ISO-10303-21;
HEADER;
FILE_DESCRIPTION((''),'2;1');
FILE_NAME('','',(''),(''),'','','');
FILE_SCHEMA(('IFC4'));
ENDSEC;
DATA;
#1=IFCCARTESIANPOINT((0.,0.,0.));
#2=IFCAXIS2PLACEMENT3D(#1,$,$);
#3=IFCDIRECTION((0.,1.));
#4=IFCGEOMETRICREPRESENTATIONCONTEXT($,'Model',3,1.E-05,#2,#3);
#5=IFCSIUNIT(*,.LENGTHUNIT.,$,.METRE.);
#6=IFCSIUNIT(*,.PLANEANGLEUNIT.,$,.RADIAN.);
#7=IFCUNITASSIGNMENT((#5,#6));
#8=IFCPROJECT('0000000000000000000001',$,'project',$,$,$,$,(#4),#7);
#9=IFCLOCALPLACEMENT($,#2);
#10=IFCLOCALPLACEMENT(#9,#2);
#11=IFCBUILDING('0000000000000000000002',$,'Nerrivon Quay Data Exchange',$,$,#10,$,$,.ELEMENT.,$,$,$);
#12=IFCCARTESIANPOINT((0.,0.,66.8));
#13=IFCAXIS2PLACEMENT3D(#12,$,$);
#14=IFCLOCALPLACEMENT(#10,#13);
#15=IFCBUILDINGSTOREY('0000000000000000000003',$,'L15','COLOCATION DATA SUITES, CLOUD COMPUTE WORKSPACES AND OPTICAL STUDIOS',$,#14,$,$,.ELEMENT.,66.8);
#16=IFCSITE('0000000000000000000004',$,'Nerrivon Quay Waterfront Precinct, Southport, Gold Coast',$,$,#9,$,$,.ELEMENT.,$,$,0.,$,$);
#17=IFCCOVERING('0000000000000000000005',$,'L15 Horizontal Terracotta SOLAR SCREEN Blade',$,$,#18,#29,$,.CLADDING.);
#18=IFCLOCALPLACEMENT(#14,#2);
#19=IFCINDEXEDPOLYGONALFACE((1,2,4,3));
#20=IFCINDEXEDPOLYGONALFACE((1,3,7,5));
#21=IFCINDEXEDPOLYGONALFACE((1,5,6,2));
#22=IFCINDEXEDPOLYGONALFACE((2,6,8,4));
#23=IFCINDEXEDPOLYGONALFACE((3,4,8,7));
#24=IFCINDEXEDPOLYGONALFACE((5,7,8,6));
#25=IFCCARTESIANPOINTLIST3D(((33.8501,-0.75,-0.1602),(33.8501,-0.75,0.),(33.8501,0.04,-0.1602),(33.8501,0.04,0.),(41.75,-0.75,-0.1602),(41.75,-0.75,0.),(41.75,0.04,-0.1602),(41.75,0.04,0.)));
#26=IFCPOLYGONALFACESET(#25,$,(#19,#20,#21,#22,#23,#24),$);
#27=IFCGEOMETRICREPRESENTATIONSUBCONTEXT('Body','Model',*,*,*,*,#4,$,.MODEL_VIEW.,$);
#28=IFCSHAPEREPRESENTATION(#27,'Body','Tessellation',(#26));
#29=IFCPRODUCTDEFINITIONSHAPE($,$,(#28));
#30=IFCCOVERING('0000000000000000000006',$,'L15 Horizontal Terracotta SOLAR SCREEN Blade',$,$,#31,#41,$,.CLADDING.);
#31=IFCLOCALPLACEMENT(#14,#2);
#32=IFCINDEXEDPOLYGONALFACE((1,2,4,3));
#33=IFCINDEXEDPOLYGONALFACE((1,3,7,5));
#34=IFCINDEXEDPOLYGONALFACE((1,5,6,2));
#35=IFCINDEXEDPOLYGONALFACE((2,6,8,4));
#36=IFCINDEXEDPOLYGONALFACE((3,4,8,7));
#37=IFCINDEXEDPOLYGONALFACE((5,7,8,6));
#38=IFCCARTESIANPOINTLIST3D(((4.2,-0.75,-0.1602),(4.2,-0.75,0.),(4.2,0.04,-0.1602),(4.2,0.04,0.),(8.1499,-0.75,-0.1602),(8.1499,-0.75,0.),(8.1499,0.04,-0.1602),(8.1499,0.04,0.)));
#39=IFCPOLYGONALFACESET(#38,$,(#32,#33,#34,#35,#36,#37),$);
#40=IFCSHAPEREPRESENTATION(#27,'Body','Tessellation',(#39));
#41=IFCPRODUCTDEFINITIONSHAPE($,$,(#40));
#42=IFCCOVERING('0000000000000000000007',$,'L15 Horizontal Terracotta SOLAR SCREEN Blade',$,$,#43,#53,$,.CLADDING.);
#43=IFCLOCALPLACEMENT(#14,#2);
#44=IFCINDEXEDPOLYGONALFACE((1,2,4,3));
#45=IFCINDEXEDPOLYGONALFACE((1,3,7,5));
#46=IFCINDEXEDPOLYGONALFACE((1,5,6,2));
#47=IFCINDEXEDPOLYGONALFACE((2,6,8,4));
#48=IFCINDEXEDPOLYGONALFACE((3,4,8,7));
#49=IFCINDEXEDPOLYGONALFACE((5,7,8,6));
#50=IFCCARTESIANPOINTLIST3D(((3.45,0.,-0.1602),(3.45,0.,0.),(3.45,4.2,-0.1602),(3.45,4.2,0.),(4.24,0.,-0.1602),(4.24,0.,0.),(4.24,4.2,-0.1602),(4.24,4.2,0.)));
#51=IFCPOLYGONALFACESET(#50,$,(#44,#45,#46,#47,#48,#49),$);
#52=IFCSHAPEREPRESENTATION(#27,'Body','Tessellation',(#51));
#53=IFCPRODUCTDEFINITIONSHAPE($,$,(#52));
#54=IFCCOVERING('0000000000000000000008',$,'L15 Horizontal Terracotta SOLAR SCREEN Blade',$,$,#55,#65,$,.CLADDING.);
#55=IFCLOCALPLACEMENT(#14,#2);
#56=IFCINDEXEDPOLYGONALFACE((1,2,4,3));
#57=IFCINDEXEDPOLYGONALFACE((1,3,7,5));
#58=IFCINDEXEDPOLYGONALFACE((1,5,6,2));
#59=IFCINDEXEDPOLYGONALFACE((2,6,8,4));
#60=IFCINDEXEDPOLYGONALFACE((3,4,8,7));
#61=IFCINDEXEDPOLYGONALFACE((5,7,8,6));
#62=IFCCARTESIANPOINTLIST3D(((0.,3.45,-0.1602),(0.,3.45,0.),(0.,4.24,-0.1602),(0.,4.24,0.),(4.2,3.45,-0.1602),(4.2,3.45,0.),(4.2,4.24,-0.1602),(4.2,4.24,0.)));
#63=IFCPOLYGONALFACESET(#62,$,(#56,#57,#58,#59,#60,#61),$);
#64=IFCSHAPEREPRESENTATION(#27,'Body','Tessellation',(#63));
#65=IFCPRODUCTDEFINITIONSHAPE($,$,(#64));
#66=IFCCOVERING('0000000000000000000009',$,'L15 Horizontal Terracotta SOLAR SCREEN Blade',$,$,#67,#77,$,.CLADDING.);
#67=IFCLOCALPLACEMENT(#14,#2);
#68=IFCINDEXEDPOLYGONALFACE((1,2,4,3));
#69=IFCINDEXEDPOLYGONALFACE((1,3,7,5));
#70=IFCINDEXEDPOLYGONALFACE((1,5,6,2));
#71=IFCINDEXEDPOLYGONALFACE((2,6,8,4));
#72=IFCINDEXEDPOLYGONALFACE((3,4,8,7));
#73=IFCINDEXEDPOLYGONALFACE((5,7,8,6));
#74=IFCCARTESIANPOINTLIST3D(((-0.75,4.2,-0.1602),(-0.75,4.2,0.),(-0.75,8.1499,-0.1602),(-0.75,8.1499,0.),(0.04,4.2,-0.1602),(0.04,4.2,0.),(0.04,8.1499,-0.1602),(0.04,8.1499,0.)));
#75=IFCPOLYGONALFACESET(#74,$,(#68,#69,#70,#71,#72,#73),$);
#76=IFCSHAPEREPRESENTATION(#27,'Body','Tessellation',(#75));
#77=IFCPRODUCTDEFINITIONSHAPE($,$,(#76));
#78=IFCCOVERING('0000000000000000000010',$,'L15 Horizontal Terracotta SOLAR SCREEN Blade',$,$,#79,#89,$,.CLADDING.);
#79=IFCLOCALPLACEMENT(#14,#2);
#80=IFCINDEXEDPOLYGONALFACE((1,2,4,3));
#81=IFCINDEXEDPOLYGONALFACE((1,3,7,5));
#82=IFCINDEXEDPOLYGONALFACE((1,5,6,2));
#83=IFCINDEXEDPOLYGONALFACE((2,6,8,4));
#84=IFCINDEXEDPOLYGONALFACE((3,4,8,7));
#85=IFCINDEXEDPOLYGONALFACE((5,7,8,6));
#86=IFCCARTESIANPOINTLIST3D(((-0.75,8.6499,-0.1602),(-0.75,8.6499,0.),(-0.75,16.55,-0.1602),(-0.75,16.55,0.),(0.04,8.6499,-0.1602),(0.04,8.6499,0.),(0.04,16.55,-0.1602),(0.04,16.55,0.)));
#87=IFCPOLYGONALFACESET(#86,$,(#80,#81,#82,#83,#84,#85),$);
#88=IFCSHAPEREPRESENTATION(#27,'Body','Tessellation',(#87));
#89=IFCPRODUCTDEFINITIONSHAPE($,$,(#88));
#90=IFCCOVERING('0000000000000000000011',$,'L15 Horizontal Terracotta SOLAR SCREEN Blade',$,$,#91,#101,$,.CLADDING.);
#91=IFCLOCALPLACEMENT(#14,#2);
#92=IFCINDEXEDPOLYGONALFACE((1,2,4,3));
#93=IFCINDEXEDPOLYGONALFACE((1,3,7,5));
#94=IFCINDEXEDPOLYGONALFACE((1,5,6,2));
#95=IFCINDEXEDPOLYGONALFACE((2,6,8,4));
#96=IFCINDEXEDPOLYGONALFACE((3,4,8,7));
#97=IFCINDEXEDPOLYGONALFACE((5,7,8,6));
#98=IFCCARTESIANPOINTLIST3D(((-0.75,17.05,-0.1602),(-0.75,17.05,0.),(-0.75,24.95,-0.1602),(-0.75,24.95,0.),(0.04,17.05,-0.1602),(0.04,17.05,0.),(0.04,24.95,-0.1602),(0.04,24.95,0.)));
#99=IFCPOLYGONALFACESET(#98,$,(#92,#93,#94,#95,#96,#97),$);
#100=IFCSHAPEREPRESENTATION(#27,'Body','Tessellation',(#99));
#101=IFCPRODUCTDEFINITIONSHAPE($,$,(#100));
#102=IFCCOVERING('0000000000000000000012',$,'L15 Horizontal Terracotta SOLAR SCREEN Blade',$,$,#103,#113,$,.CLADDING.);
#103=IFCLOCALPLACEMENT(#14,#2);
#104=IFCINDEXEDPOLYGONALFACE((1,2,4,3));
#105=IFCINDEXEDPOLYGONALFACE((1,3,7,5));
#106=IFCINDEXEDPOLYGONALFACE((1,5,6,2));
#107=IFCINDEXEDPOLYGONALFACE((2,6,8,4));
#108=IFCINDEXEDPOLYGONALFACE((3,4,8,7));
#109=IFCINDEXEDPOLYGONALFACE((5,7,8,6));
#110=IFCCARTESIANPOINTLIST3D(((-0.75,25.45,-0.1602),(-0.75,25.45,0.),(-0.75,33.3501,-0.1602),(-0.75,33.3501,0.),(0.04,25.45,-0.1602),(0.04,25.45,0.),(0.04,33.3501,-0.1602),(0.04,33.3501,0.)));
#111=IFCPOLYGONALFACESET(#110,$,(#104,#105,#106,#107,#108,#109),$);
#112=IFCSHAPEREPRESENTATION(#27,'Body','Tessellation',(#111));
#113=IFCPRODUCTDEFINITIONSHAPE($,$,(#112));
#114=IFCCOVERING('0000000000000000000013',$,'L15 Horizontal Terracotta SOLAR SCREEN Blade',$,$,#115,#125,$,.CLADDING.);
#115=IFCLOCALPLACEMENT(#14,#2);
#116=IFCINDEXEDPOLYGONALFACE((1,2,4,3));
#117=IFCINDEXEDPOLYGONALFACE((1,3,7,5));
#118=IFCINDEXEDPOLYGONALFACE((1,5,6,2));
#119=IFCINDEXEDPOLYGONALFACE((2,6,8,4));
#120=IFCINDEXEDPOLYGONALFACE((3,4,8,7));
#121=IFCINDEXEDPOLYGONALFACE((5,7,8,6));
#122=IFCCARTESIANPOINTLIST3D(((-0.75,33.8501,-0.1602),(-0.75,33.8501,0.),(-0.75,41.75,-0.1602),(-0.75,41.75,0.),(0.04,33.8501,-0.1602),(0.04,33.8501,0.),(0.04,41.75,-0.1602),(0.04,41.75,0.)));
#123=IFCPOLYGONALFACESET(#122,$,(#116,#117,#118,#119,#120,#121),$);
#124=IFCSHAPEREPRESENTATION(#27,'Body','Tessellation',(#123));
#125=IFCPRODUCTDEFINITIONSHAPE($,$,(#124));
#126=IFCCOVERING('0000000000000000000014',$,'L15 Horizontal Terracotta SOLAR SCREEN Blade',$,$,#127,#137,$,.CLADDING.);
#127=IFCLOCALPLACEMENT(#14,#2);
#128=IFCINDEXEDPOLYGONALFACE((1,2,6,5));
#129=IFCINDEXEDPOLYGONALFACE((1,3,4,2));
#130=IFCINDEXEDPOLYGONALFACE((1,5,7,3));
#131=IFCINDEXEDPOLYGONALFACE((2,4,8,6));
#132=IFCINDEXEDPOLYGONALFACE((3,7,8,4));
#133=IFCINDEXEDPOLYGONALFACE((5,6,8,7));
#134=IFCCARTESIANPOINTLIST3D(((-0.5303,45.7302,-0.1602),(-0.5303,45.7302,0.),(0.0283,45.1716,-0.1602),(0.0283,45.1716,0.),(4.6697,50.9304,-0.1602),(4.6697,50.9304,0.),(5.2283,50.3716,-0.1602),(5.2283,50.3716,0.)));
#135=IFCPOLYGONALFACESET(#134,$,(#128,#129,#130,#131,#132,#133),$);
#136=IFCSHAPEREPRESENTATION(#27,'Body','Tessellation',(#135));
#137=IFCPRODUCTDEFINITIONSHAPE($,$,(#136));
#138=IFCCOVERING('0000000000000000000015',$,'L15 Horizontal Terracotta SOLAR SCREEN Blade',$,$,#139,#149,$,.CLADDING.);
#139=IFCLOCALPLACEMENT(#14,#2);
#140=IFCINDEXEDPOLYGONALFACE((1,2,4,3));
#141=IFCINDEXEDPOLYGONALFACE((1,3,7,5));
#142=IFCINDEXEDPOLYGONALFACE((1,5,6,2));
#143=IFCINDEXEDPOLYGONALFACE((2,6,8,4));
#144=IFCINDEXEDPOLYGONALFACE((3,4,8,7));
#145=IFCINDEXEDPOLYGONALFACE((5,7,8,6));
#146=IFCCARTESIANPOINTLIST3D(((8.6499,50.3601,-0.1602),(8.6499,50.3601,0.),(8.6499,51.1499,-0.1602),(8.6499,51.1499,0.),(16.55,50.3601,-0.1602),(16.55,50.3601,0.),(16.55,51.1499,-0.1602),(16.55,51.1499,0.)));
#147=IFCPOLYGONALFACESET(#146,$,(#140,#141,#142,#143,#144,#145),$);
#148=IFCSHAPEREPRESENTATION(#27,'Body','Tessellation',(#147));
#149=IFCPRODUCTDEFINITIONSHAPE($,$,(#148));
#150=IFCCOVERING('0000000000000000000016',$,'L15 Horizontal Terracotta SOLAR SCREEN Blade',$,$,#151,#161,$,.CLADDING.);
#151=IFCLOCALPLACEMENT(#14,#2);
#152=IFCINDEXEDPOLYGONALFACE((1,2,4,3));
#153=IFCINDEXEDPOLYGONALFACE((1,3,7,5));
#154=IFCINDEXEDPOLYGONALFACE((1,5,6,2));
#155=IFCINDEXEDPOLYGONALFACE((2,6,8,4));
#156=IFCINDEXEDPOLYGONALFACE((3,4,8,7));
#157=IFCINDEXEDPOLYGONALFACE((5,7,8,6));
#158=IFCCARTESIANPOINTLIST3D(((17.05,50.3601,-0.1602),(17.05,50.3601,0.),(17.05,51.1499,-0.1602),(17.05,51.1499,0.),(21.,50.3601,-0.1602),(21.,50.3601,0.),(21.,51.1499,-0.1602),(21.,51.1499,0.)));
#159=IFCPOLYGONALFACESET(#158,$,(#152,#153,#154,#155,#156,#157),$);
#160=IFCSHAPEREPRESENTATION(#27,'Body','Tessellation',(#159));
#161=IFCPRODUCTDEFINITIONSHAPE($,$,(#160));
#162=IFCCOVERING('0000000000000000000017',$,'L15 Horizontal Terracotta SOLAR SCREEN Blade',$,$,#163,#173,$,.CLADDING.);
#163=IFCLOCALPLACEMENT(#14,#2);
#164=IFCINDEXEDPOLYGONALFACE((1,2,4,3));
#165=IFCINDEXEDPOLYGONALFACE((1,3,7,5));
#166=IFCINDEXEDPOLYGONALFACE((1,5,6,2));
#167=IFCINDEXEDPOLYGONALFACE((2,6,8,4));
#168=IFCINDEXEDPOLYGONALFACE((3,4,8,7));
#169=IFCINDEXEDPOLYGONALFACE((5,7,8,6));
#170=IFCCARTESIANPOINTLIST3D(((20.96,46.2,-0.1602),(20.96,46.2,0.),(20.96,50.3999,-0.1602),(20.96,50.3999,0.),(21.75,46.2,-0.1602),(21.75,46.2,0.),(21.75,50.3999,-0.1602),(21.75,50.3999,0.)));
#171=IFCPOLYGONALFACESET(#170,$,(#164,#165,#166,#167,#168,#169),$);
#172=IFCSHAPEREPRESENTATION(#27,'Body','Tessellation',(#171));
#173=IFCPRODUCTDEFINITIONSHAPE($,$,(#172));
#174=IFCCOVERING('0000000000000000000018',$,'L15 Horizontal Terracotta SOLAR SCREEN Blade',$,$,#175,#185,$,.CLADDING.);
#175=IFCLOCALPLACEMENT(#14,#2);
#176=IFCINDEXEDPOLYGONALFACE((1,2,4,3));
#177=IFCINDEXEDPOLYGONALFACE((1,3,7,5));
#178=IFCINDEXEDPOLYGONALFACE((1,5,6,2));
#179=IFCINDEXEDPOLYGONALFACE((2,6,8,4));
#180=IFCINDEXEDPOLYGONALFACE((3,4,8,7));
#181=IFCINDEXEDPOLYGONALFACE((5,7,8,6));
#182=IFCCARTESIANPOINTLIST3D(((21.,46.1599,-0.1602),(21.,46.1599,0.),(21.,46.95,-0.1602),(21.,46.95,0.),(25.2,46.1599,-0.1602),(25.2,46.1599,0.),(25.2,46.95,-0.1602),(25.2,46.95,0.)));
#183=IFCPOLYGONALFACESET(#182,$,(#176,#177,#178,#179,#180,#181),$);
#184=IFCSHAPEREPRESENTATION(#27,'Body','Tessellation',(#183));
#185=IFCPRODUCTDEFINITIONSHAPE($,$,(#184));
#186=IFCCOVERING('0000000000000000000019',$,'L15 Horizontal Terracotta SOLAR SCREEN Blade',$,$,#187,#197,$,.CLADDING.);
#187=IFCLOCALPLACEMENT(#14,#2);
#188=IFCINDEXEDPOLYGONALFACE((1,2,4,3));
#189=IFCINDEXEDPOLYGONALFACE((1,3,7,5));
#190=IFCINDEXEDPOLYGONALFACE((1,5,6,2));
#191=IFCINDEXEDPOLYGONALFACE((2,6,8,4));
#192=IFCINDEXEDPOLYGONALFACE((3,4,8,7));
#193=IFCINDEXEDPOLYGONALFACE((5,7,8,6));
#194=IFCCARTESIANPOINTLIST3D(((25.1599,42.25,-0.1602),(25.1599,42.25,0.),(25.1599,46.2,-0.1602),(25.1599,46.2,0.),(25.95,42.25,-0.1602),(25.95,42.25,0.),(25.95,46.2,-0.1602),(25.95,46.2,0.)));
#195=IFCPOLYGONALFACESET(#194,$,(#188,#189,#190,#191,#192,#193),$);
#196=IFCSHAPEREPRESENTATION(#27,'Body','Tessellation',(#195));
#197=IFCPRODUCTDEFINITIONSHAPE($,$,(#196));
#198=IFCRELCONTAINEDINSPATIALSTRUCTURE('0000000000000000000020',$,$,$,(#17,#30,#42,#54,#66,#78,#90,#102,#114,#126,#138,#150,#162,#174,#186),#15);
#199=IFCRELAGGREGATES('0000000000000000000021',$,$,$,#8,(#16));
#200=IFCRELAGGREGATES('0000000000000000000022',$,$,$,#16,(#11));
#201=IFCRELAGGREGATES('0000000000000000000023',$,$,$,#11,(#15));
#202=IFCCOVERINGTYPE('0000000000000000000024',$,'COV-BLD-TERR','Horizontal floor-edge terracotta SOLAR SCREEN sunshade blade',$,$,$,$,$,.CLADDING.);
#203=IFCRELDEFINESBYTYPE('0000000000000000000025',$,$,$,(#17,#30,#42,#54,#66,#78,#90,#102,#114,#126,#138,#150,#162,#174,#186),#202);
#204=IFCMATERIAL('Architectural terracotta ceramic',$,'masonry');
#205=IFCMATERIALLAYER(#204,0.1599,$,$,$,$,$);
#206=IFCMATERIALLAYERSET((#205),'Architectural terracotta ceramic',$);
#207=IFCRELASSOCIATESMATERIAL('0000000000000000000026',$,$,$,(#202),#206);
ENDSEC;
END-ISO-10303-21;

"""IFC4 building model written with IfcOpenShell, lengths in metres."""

from ifc_helpers import new_model, si_unit, direction, frame, origin, place, context, subcontext, project, spatial, polyline, outline, extrude, material, layer, layer_set, type_object, element, save


model = new_model("IFC4")

# Units and contexts
model_context = context("Model", 3, precision=1e-05, world=origin(), true_north=direction((0.0, 1.0)))
body_context = subcontext(model_context, "Body", "Model", "MODEL_VIEW")
ifc_project = project(units=[si_unit("LENGTHUNIT", "METRE"), si_unit("PLANEANGLEUNIT", "RADIAN")], contexts=[model_context])

# Site, building, storey
site_placement = place(None, origin())
site = spatial("IfcSite", under=ifc_project, at=site_placement, Name="Nerrivon Quay Waterfront Precinct, Southport, Gold Coast", CompositionType="ELEMENT", RefElevation=0.0)
building_placement = place(site_placement, origin())
building = spatial("IfcBuilding", under=site, at=building_placement, Name="Nerrivon Quay Data Exchange", CompositionType="ELEMENT")
storey_placement = place(building_placement, frame((0.0, 0.0, 66.8)))
storey = spatial("IfcBuildingStorey", under=building, at=storey_placement, Name="L15", Description="COLOCATION DATA SUITES, CLOUD COMPUTE WORKSPACES AND OPTICAL STUDIOS", CompositionType="ELEMENT", Elevation=66.8)

# Coverings
ifc_material_1 = material(Name="Architectural terracotta ceramic", Category="masonry")
ifc_layer_1 = layer(ifc_material_1, 0.1599)
ifc_layer_set_1 = layer_set([ifc_layer_1], Name="Architectural terracotta ceramic")
covering_type = type_object("IfcCoveringType", Name="COV-BLD-TERR", Description="Horizontal floor-edge terracotta SOLAR SCREEN sunshade blade", PredefinedType="CLADDING", material=ifc_layer_set_1)
covering_1_placement = place(storey_placement, frame((0.0, 0.0, -0.1602)))
element("IfcCovering", 1, at=covering_1_placement, inside=storey, type_object=covering_type, Name="L15 Horizontal Terracotta SOLAR SCREEN Blade", PredefinedType="CLADDING", context=body_context, shape_type="SweptSolid", body=[
    extrude(outline(polyline([(41.75, 0.04), (33.8501, 0.04), (33.8501, -0.75), (41.75, -0.75), (41.75, 0.04)])), origin(), (0.0, 0.0, 1.0), 0.1602),
])
covering_2_placement = place(storey_placement, frame((0.0, 0.0, -0.1602)))
element("IfcCovering", 2, at=covering_2_placement, inside=storey, type_object=covering_type, Name="L15 Horizontal Terracotta SOLAR SCREEN Blade", PredefinedType="CLADDING", context=body_context, shape_type="SweptSolid", body=[
    extrude(outline(polyline([(8.1499, 0.04), (4.2, 0.04), (4.2, -0.75), (8.1499, -0.75), (8.1499, 0.04)])), origin(), (0.0, 0.0, 1.0), 0.1602),
])
covering_3_placement = place(storey_placement, frame((0.0, 0.0, -0.1602)))
element("IfcCovering", 3, at=covering_3_placement, inside=storey, type_object=covering_type, Name="L15 Horizontal Terracotta SOLAR SCREEN Blade", PredefinedType="CLADDING", context=body_context, shape_type="SweptSolid", body=[
    extrude(outline(polyline([(4.24, 0.0), (4.24, 4.2), (3.45, 4.2), (3.45, 0.0), (4.24, 0.0)])), origin(), (0.0, 0.0, 1.0), 0.1602),
])
covering_4_placement = place(storey_placement, frame((0.0, 0.0, -0.1602)))
element("IfcCovering", 4, at=covering_4_placement, inside=storey, type_object=covering_type, Name="L15 Horizontal Terracotta SOLAR SCREEN Blade", PredefinedType="CLADDING", context=body_context, shape_type="SweptSolid", body=[
    extrude(outline(polyline([(4.2, 4.24), (0.0, 4.24), (0.0, 3.45), (4.2, 3.45), (4.2, 4.24)])), origin(), (0.0, 0.0, 1.0), 0.1602),
])
covering_5_placement = place(storey_placement, frame((0.0, 0.0, -0.1602)))
element("IfcCovering", 5, at=covering_5_placement, inside=storey, type_object=covering_type, Name="L15 Horizontal Terracotta SOLAR SCREEN Blade", PredefinedType="CLADDING", context=body_context, shape_type="SweptSolid", body=[
    extrude(outline(polyline([(0.04, 4.2), (0.04, 8.1499), (-0.75, 8.1499), (-0.75, 4.2), (0.04, 4.2)])), origin(), (0.0, 0.0, 1.0), 0.1602),
])
covering_6_placement = place(storey_placement, frame((0.0, 0.0, -0.1602)))
element("IfcCovering", 6, at=covering_6_placement, inside=storey, type_object=covering_type, Name="L15 Horizontal Terracotta SOLAR SCREEN Blade", PredefinedType="CLADDING", context=body_context, shape_type="SweptSolid", body=[
    extrude(outline(polyline([(0.04, 8.6499), (0.04, 16.55), (-0.75, 16.55), (-0.75, 8.6499), (0.04, 8.6499)])), origin(), (0.0, 0.0, 1.0), 0.1602),
])
covering_7_placement = place(storey_placement, frame((0.0, 0.0, -0.1602)))
element("IfcCovering", 7, at=covering_7_placement, inside=storey, type_object=covering_type, Name="L15 Horizontal Terracotta SOLAR SCREEN Blade", PredefinedType="CLADDING", context=body_context, shape_type="SweptSolid", body=[
    extrude(outline(polyline([(0.04, 17.05), (0.04, 24.95), (-0.75, 24.95), (-0.75, 17.05), (0.04, 17.05)])), origin(), (0.0, 0.0, 1.0), 0.1602),
])
covering_8_placement = place(storey_placement, frame((0.0, 0.0, -0.1602)))
element("IfcCovering", 8, at=covering_8_placement, inside=storey, type_object=covering_type, Name="L15 Horizontal Terracotta SOLAR SCREEN Blade", PredefinedType="CLADDING", context=body_context, shape_type="SweptSolid", body=[
    extrude(outline(polyline([(0.04, 25.45), (0.04, 33.3501), (-0.75, 33.3501), (-0.75, 25.45), (0.04, 25.45)])), origin(), (0.0, 0.0, 1.0), 0.1602),
])
covering_9_placement = place(storey_placement, frame((0.0, 0.0, -0.1602)))
element("IfcCovering", 9, at=covering_9_placement, inside=storey, type_object=covering_type, Name="L15 Horizontal Terracotta SOLAR SCREEN Blade", PredefinedType="CLADDING", context=body_context, shape_type="SweptSolid", body=[
    extrude(outline(polyline([(0.04, 33.8501), (0.04, 41.75), (-0.75, 41.75), (-0.75, 33.8501), (0.04, 33.8501)])), origin(), (0.0, 0.0, 1.0), 0.1602),
])
covering_10_placement = place(storey_placement, frame((0.0, 0.0, -0.1602)))
element("IfcCovering", 10, at=covering_10_placement, inside=storey, type_object=covering_type, Name="L15 Horizontal Terracotta SOLAR SCREEN Blade", PredefinedType="CLADDING", context=body_context, shape_type="SweptSolid", body=[
    extrude(outline(polyline([(0.0283, 45.1716), (5.2283, 50.3716), (4.6697, 50.9304), (-0.5303, 45.7302), (0.0283, 45.1716)])), origin(), (0.0, 0.0, 1.0), 0.1602),
])
covering_11_placement = place(storey_placement, frame((0.0, 0.0, -0.1602)))
element("IfcCovering", 11, at=covering_11_placement, inside=storey, type_object=covering_type, Name="L15 Horizontal Terracotta SOLAR SCREEN Blade", PredefinedType="CLADDING", context=body_context, shape_type="SweptSolid", body=[
    extrude(outline(polyline([(8.6499, 50.3601), (16.55, 50.3601), (16.55, 51.1499), (8.6499, 51.1499), (8.6499, 50.3601)])), origin(), (0.0, 0.0, 1.0), 0.1602),
])
covering_12_placement = place(storey_placement, frame((0.0, 0.0, -0.1602)))
element("IfcCovering", 12, at=covering_12_placement, inside=storey, type_object=covering_type, Name="L15 Horizontal Terracotta SOLAR SCREEN Blade", PredefinedType="CLADDING", context=body_context, shape_type="SweptSolid", body=[
    extrude(outline(polyline([(17.05, 50.3601), (21.0, 50.3601), (21.0, 51.1499), (17.05, 51.1499), (17.05, 50.3601)])), origin(), (0.0, 0.0, 1.0), 0.1602),
])
covering_13_placement = place(storey_placement, frame((0.0, 0.0, -0.1602)))
element("IfcCovering", 13, at=covering_13_placement, inside=storey, type_object=covering_type, Name="L15 Horizontal Terracotta SOLAR SCREEN Blade", PredefinedType="CLADDING", context=body_context, shape_type="SweptSolid", body=[
    extrude(outline(polyline([(20.96, 50.3999), (20.96, 46.2), (21.75, 46.2), (21.75, 50.3999), (20.96, 50.3999)])), origin(), (0.0, 0.0, 1.0), 0.1602),
])
covering_14_placement = place(storey_placement, frame((0.0, 0.0, -0.1602)))
element("IfcCovering", 14, at=covering_14_placement, inside=storey, type_object=covering_type, Name="L15 Horizontal Terracotta SOLAR SCREEN Blade", PredefinedType="CLADDING", context=body_context, shape_type="SweptSolid", body=[
    extrude(outline(polyline([(21.0, 46.1599), (25.2, 46.1599), (25.2, 46.95), (21.0, 46.95), (21.0, 46.1599)])), origin(), (0.0, 0.0, 1.0), 0.1602),
])
covering_15_placement = place(storey_placement, frame((0.0, 0.0, -0.1602)))
element("IfcCovering", 15, at=covering_15_placement, inside=storey, type_object=covering_type, Name="L15 Horizontal Terracotta SOLAR SCREEN Blade", PredefinedType="CLADDING", context=body_context, shape_type="SweptSolid", body=[
    extrude(outline(polyline([(25.1599, 46.2), (25.1599, 42.25), (25.95, 42.25), (25.95, 46.2), (25.1599, 46.2)])), origin(), (0.0, 0.0, 1.0), 0.1602),
])

save(model, "model.ifc")
